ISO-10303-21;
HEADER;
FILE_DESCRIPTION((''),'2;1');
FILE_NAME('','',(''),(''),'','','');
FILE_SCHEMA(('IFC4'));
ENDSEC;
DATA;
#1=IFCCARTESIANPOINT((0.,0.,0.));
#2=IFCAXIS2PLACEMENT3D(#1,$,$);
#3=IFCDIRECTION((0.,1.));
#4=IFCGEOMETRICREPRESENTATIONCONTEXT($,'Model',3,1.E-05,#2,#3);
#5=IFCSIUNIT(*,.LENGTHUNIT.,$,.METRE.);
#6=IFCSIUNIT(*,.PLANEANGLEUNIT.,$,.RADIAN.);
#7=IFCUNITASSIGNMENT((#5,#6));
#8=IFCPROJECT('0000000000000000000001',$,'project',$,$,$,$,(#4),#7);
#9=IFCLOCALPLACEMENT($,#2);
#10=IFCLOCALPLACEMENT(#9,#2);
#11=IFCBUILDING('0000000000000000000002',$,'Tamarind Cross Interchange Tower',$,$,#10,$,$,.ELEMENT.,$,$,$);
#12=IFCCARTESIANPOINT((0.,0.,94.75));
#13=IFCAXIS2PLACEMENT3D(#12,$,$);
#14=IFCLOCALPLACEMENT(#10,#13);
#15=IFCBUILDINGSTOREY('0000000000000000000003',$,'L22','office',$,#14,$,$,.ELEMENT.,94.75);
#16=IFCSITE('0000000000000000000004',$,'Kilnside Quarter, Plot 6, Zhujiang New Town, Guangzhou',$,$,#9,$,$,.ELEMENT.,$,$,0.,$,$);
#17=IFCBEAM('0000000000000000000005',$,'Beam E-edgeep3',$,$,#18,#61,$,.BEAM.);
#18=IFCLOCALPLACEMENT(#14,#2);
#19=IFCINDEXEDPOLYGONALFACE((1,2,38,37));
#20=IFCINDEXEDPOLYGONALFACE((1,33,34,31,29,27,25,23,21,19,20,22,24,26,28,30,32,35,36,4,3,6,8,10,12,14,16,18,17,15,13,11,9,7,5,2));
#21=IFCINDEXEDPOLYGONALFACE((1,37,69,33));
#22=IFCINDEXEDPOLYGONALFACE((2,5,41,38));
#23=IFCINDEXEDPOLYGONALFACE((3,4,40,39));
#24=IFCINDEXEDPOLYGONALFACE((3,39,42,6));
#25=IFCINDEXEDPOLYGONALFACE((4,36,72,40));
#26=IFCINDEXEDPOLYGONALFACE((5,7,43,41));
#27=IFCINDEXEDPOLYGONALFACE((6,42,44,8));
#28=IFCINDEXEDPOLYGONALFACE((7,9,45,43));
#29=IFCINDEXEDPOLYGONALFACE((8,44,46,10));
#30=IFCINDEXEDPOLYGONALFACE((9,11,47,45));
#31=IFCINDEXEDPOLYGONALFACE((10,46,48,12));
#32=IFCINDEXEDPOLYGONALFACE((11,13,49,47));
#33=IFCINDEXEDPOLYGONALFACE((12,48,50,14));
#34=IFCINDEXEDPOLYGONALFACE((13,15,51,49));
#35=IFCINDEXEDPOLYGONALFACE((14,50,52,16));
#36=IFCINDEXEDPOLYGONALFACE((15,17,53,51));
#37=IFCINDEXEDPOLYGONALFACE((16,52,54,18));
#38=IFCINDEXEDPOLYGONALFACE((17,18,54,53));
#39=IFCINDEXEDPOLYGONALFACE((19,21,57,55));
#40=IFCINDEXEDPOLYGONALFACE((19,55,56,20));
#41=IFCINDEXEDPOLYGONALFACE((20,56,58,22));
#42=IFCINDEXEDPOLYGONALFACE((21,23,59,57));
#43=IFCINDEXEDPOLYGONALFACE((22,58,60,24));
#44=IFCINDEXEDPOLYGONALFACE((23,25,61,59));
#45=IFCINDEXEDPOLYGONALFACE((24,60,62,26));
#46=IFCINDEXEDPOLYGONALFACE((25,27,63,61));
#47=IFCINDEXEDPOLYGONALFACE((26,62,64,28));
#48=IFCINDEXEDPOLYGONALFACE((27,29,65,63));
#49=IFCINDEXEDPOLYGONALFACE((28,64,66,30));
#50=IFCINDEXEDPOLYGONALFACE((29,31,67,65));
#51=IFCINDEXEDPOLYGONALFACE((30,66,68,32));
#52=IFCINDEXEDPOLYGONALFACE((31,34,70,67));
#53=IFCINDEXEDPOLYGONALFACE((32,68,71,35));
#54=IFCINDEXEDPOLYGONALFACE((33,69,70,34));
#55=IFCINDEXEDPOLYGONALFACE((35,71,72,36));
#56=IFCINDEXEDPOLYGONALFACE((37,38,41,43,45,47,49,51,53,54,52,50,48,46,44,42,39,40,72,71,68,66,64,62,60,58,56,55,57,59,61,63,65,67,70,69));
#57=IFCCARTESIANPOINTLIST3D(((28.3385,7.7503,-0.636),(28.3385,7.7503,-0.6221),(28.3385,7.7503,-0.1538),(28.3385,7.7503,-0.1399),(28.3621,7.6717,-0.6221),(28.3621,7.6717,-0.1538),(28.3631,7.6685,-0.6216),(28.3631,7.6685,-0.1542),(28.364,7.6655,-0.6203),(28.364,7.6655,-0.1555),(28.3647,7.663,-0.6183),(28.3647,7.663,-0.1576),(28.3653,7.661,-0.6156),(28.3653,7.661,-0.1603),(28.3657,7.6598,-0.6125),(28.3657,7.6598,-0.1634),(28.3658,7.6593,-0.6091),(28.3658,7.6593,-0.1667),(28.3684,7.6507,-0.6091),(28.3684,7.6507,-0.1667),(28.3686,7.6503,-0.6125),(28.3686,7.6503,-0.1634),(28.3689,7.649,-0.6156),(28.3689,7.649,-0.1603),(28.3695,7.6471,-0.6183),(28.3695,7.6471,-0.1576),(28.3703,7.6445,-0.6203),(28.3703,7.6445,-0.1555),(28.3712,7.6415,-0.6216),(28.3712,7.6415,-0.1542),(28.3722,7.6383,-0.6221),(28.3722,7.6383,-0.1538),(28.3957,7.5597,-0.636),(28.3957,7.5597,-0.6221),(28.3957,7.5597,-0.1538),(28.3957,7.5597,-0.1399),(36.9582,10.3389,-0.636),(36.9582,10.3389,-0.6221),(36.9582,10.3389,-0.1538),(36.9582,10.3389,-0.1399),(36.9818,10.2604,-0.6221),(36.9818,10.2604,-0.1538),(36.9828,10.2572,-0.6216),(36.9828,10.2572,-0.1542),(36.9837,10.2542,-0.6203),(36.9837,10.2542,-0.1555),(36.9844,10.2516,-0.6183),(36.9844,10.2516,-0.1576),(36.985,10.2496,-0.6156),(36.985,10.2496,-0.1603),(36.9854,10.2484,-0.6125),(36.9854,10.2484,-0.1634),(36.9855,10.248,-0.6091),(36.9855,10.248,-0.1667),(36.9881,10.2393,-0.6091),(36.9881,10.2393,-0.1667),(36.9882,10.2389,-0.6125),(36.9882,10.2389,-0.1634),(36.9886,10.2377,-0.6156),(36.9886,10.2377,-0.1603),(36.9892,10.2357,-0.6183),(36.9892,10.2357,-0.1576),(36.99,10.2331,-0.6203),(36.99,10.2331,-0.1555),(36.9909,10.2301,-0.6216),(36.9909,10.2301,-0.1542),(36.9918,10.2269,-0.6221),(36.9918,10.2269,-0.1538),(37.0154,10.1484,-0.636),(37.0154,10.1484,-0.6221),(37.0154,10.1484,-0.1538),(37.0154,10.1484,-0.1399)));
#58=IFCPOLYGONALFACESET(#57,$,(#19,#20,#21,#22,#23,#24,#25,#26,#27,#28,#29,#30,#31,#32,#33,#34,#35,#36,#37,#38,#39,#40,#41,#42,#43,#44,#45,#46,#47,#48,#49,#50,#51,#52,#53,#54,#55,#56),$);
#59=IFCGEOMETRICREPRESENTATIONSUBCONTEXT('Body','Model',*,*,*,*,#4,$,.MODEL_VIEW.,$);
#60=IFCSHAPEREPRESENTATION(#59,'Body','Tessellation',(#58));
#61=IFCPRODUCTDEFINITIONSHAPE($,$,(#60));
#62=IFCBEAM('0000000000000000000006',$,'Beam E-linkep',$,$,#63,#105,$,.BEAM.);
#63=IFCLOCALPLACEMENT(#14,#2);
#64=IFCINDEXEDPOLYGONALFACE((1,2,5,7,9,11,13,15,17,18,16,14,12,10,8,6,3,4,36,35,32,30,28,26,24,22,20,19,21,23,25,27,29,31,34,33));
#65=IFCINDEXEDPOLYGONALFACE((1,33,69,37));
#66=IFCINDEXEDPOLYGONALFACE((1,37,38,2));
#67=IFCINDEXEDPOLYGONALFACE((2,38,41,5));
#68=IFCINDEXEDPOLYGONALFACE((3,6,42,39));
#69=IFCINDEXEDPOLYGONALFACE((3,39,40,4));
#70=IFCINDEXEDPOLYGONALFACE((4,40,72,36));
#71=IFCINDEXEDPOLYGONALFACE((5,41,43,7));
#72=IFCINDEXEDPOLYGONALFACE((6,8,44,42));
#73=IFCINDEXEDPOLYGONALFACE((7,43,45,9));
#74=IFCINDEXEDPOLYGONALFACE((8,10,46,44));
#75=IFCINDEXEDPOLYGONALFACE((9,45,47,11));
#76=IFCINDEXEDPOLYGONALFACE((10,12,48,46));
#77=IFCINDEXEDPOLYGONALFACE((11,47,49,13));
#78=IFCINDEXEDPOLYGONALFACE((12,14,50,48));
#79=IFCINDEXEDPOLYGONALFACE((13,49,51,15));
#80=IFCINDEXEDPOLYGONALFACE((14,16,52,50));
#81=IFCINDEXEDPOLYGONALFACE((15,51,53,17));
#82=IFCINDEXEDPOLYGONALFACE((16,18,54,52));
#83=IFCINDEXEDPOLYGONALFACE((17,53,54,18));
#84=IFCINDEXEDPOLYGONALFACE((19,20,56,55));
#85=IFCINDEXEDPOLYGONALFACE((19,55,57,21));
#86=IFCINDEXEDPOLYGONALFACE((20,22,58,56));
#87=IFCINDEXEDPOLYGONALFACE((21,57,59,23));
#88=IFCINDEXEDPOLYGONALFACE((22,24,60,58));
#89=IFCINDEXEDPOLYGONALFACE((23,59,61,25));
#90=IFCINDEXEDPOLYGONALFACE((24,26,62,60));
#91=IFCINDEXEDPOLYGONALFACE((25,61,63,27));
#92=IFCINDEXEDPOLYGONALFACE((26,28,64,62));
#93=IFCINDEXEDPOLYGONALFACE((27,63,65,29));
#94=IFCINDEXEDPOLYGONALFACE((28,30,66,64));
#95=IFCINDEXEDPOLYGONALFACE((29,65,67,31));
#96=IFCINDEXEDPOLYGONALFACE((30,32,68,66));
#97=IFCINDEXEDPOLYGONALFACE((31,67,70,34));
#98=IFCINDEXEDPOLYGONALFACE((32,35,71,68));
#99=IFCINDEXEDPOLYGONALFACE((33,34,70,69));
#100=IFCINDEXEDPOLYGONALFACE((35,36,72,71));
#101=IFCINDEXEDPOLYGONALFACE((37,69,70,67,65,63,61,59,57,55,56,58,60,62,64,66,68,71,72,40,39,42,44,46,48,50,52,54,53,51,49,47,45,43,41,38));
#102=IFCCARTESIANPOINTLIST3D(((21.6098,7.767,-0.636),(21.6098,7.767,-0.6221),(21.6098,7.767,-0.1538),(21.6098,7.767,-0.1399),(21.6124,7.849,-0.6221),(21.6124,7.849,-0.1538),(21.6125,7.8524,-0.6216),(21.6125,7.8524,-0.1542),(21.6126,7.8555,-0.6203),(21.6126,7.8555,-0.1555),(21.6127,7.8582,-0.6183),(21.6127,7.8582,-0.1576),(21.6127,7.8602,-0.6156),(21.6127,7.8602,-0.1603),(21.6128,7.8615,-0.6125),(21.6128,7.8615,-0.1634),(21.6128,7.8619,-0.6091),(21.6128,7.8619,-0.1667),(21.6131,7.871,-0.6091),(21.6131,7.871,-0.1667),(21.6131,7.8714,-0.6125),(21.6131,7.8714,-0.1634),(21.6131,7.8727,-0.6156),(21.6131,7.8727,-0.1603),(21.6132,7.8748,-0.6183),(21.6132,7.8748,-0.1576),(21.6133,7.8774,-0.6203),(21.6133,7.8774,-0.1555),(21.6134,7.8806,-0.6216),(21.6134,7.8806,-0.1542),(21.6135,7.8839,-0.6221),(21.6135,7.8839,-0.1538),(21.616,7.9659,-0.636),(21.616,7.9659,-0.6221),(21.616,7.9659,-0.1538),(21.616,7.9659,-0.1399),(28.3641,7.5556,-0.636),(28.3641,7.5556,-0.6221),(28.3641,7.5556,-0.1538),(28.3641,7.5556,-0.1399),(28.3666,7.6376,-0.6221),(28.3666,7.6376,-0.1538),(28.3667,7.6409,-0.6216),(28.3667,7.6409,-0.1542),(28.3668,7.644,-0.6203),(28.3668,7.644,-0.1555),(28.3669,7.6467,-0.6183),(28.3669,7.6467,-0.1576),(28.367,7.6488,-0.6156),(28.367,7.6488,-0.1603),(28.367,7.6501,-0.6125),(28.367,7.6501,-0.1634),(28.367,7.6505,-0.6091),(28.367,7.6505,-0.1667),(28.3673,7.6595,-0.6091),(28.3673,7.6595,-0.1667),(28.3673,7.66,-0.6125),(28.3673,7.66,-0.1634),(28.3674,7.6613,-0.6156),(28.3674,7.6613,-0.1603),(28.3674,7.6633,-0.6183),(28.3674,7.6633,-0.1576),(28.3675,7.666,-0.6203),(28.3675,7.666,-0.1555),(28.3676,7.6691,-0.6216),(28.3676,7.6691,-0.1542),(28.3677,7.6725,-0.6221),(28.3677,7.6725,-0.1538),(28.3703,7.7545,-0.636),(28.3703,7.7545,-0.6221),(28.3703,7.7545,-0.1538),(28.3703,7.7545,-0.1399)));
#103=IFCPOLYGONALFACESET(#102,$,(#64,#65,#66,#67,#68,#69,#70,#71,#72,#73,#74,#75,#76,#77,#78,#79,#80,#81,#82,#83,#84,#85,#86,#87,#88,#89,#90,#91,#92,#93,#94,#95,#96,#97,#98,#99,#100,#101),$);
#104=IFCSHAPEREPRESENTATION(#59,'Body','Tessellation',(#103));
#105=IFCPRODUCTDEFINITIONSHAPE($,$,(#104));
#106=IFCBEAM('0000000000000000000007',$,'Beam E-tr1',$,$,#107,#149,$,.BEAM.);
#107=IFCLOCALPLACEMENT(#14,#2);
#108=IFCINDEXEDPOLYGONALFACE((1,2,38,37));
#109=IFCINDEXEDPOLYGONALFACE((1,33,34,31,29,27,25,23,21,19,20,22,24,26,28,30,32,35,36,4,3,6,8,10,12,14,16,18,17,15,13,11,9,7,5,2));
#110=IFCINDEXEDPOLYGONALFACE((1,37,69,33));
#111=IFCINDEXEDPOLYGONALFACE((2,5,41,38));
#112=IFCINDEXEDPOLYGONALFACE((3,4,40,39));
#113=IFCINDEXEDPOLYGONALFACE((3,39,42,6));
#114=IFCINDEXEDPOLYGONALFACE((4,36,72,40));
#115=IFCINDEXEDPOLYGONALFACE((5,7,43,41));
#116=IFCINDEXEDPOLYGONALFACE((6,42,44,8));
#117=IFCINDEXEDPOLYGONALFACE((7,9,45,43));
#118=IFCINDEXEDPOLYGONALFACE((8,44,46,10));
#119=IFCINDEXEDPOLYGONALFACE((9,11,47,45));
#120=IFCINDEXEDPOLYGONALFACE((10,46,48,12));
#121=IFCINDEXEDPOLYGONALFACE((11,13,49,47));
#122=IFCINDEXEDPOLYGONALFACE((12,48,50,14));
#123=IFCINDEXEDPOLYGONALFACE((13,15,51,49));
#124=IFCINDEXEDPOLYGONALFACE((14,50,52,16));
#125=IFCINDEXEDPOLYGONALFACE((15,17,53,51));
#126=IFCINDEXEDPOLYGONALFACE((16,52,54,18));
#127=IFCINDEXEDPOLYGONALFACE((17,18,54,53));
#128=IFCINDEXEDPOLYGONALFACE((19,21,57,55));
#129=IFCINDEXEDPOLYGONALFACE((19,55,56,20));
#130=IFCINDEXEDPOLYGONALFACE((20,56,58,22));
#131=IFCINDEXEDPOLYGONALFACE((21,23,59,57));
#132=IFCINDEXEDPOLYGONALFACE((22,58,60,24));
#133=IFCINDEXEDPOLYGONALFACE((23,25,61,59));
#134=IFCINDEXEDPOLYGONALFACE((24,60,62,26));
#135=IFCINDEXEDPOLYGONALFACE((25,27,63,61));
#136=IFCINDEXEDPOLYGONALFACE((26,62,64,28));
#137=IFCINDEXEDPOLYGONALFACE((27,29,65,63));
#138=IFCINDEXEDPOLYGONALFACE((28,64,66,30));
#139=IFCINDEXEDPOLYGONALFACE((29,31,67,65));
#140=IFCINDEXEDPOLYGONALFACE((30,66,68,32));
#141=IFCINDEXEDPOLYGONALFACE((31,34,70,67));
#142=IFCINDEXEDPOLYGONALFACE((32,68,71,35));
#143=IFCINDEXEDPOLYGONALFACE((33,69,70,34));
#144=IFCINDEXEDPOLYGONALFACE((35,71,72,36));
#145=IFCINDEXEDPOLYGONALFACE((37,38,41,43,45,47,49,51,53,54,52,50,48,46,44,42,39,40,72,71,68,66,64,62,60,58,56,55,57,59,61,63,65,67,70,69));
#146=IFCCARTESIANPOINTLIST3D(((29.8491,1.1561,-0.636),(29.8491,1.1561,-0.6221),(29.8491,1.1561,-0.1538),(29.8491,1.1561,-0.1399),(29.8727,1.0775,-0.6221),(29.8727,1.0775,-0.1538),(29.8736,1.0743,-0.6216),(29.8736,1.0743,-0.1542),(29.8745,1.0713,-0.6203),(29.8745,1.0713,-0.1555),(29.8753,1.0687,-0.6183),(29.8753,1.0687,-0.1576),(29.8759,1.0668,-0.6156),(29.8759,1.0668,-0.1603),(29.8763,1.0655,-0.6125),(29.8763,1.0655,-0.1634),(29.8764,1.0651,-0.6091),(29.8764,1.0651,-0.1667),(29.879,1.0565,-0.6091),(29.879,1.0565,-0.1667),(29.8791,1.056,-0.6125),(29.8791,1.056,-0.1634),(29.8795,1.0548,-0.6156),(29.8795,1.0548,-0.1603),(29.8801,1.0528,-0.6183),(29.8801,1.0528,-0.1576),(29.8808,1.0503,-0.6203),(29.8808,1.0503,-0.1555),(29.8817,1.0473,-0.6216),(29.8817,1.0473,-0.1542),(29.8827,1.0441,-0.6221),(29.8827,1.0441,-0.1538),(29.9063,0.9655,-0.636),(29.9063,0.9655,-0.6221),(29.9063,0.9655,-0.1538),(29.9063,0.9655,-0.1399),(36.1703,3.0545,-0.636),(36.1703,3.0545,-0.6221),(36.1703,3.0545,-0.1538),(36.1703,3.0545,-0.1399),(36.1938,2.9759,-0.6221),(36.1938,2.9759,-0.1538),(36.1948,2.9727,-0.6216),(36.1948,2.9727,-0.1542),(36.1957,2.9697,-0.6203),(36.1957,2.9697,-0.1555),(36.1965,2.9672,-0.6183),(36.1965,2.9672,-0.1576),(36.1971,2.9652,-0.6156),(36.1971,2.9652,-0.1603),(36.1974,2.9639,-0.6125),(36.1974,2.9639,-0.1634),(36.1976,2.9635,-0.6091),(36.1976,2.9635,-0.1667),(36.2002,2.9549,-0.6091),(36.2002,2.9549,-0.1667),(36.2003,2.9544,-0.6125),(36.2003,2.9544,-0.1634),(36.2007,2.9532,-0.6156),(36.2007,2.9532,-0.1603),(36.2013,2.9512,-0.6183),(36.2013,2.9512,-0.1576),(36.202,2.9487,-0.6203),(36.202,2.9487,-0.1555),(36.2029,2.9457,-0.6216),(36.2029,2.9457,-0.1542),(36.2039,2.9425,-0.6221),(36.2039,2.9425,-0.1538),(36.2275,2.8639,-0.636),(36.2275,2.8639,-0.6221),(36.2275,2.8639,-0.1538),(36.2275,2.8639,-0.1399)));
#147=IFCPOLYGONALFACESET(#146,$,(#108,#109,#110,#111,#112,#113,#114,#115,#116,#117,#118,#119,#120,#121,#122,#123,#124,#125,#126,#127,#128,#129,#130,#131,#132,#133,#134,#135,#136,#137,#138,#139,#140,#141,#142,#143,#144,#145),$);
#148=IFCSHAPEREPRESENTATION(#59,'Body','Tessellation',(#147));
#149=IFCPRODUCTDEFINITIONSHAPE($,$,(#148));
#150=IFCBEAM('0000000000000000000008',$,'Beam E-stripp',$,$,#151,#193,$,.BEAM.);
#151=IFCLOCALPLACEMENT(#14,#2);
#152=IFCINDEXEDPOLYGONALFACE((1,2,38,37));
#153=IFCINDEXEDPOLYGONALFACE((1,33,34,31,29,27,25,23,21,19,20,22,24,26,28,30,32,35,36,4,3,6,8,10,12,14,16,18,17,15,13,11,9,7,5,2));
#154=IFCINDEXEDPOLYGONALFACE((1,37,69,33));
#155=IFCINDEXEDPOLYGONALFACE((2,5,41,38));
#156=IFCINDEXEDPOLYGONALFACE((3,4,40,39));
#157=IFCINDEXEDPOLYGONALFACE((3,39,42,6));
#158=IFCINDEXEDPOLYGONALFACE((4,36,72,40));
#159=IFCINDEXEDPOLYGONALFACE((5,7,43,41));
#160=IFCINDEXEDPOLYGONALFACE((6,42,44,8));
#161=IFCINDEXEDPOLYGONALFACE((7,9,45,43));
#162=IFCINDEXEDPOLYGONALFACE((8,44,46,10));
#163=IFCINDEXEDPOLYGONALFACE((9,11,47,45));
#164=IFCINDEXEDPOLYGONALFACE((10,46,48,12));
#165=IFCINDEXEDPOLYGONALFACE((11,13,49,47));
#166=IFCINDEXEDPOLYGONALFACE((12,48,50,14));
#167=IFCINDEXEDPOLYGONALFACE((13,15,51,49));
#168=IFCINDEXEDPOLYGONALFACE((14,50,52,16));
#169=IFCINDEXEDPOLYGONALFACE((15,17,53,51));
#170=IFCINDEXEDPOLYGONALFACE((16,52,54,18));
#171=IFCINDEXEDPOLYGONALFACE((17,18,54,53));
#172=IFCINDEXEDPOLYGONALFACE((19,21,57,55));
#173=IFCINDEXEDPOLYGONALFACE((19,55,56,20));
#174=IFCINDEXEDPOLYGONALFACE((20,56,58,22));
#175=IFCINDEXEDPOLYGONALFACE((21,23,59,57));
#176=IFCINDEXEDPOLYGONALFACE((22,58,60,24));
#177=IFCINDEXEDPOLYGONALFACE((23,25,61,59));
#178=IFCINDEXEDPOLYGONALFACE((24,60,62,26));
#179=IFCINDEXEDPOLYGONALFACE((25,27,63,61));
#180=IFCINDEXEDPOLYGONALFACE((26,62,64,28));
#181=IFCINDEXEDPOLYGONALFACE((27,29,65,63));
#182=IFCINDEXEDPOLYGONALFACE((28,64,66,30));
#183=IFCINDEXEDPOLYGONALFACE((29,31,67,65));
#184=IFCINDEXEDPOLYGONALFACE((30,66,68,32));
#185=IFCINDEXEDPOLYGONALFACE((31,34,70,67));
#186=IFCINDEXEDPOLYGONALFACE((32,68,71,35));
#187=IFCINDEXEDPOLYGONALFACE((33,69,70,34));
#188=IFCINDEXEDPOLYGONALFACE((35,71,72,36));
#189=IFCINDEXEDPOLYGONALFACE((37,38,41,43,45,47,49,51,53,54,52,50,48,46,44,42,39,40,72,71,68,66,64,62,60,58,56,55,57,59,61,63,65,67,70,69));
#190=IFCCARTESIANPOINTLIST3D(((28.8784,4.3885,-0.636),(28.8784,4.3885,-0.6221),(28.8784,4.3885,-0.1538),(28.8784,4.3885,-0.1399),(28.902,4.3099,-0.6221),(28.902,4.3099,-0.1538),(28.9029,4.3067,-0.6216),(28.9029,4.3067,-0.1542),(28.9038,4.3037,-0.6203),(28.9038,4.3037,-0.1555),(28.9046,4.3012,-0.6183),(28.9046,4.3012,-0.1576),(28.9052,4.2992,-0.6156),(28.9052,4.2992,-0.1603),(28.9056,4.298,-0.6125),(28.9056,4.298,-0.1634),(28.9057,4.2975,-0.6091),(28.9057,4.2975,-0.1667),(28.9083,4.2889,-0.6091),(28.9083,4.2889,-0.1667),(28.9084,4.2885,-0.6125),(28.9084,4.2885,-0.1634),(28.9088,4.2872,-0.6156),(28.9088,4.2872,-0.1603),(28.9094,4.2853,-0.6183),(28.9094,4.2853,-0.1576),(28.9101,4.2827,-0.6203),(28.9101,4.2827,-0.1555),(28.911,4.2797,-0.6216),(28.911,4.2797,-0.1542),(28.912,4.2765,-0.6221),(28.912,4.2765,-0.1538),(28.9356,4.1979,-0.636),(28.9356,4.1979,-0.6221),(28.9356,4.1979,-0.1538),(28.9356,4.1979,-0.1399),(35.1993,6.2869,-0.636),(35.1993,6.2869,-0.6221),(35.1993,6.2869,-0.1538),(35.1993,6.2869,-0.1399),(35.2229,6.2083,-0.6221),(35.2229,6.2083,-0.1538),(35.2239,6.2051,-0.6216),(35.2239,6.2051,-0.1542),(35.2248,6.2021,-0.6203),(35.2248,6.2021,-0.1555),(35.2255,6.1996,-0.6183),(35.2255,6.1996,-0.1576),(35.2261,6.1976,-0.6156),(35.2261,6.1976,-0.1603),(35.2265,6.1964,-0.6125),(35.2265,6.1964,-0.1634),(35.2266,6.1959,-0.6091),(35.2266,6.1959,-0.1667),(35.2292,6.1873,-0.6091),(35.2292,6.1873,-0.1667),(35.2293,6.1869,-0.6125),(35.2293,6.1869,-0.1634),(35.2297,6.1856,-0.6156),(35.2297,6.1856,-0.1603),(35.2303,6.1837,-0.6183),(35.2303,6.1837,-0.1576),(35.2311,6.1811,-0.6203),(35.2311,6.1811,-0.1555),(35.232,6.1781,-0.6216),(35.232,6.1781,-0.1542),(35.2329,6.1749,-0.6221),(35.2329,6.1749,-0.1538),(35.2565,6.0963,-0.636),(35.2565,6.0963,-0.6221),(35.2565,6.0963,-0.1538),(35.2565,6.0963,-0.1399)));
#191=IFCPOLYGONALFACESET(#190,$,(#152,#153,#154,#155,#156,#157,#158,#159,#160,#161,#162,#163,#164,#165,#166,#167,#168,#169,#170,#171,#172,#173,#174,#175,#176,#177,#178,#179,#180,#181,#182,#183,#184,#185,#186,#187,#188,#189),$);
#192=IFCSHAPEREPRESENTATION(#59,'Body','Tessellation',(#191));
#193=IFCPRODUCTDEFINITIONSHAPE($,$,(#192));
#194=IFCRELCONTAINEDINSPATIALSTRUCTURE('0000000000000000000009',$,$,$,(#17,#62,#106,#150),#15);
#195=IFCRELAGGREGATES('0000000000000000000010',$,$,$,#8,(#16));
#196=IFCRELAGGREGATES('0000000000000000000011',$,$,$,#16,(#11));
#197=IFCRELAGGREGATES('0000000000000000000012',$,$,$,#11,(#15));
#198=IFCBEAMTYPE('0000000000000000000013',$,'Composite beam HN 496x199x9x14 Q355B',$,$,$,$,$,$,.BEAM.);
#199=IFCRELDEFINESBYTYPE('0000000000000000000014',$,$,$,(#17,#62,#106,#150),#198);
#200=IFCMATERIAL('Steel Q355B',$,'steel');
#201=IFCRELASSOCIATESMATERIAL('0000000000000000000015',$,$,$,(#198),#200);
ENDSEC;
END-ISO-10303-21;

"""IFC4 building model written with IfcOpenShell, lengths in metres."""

from ifc_helpers import new_model, si_unit, direction, frame, origin, origin_2d, place, context, subcontext, project, spatial, i_section, extrude, material, material_profile, profile_set, type_object, element, save


model = new_model("IFC4")

# Units and contexts
model_context = context("Model", 3, precision=1e-05, world=origin(), true_north=direction((0.0, 1.0)))
body_context = subcontext(model_context, "Body", "Model", "MODEL_VIEW")
ifc_project = project(units=[si_unit("LENGTHUNIT", "METRE"), si_unit("PLANEANGLEUNIT", "RADIAN")], contexts=[model_context])

# Site, building, storey
site_placement = place(None, origin())
site = spatial("IfcSite", under=ifc_project, at=site_placement, Name="Kilnside Quarter, Plot 6, Zhujiang New Town, Guangzhou", CompositionType="ELEMENT", RefElevation=0.0)
building_placement = place(site_placement, origin())
building = spatial("IfcBuilding", under=site, at=building_placement, Name="Tamarind Cross Interchange Tower", CompositionType="ELEMENT")
storey_placement = place(building_placement, frame((0.0, 0.0, 94.75)))
storey = spatial("IfcBuildingStorey", under=building, at=storey_placement, Name="L22", Description="office", CompositionType="ELEMENT", Elevation=94.75)

# Beams
ifc_material_1 = material(Name="Steel Q355B", Category="steel")
ifc_material_profile_1 = material_profile(ifc_material_1, i_section(OverallWidth=0.199, OverallDepth=0.4961, WebThickness=0.009, FlangeThickness=0.0139, FilletRadius=0.0129, at=origin_2d()), Name="HN 496x199x9x14")
ifc_profile_set_1 = profile_set([ifc_material_profile_1], Name="Steel Q355B")
beam_type_1 = type_object("IfcBeamType", Name="Composite beam HN 496x199x9x14 Q355B", PredefinedType="BEAM", material=ifc_profile_set_1)
beam_1_placement = place(storey_placement, frame((36.9868, 10.2437, -0.3879), z_axis=(-0.957743, -0.287627, 0.0), x_axis=(0.287627, -0.957743, 0.0)))
element("IfcBeam", 1, at=beam_1_placement, inside=storey, type_object=beam_type_1, Name="Beam E-edgeep3", PredefinedType="BEAM", context=body_context, shape_type="SweptSolid", body=[
    extrude(i_section(OverallWidth=0.199, OverallDepth=0.4961, WebThickness=0.009, FlangeThickness=0.0139, FilletRadius=0.0129, at=origin_2d()), origin(), (0.0, 0.0, 1.0), 9.0),
])
beam_2_placement = place(storey_placement, frame((28.3672, 7.655, -0.3879), z_axis=(-0.99951, 0.031288, 0.0), x_axis=(-0.031288, -0.99951, 0.0)))
element("IfcBeam", 2, at=beam_2_placement, inside=storey, type_object=beam_type_1, Name="Beam E-linkep", PredefinedType="BEAM", context=body_context, shape_type="SweptSolid", body=[
    extrude(i_section(OverallWidth=0.199, OverallDepth=0.4961, WebThickness=0.009, FlangeThickness=0.0139, FilletRadius=0.0129, at=origin_2d()), origin(), (0.0, 0.0, 1.0), 6.7576),
])
beam_3_placement = place(storey_placement, frame((29.8777, 1.0608, -0.3879), z_axis=(0.957741, 0.287633, 0.0), x_axis=(-0.287633, 0.957741, 0.0)))
element("IfcBeam", 3, at=beam_3_placement, inside=storey, type_object=beam_type_1, Name="Beam E-tr1", PredefinedType="BEAM", context=body_context, shape_type="SweptSolid", body=[
    extrude(i_section(OverallWidth=0.199, OverallDepth=0.4961, WebThickness=0.009, FlangeThickness=0.0139, FilletRadius=0.0129, at=origin_2d()), origin(), (0.0, 0.0, 1.0), 6.6001),
])
beam_4_placement = place(storey_placement, frame((28.907, 4.2932, -0.3879), z_axis=(0.957738, 0.287643, 0.0), x_axis=(-0.287643, 0.957738, 0.0)))
element("IfcBeam", 4, at=beam_4_placement, inside=storey, type_object=beam_type_1, Name="Beam E-stripp", PredefinedType="BEAM", context=body_context, shape_type="SweptSolid", body=[
    extrude(i_section(OverallWidth=0.199, OverallDepth=0.4961, WebThickness=0.009, FlangeThickness=0.0139, FilletRadius=0.0129, at=origin_2d()), origin(), (0.0, 0.0, 1.0), 6.5999),
])

save(model, "model.ifc")
